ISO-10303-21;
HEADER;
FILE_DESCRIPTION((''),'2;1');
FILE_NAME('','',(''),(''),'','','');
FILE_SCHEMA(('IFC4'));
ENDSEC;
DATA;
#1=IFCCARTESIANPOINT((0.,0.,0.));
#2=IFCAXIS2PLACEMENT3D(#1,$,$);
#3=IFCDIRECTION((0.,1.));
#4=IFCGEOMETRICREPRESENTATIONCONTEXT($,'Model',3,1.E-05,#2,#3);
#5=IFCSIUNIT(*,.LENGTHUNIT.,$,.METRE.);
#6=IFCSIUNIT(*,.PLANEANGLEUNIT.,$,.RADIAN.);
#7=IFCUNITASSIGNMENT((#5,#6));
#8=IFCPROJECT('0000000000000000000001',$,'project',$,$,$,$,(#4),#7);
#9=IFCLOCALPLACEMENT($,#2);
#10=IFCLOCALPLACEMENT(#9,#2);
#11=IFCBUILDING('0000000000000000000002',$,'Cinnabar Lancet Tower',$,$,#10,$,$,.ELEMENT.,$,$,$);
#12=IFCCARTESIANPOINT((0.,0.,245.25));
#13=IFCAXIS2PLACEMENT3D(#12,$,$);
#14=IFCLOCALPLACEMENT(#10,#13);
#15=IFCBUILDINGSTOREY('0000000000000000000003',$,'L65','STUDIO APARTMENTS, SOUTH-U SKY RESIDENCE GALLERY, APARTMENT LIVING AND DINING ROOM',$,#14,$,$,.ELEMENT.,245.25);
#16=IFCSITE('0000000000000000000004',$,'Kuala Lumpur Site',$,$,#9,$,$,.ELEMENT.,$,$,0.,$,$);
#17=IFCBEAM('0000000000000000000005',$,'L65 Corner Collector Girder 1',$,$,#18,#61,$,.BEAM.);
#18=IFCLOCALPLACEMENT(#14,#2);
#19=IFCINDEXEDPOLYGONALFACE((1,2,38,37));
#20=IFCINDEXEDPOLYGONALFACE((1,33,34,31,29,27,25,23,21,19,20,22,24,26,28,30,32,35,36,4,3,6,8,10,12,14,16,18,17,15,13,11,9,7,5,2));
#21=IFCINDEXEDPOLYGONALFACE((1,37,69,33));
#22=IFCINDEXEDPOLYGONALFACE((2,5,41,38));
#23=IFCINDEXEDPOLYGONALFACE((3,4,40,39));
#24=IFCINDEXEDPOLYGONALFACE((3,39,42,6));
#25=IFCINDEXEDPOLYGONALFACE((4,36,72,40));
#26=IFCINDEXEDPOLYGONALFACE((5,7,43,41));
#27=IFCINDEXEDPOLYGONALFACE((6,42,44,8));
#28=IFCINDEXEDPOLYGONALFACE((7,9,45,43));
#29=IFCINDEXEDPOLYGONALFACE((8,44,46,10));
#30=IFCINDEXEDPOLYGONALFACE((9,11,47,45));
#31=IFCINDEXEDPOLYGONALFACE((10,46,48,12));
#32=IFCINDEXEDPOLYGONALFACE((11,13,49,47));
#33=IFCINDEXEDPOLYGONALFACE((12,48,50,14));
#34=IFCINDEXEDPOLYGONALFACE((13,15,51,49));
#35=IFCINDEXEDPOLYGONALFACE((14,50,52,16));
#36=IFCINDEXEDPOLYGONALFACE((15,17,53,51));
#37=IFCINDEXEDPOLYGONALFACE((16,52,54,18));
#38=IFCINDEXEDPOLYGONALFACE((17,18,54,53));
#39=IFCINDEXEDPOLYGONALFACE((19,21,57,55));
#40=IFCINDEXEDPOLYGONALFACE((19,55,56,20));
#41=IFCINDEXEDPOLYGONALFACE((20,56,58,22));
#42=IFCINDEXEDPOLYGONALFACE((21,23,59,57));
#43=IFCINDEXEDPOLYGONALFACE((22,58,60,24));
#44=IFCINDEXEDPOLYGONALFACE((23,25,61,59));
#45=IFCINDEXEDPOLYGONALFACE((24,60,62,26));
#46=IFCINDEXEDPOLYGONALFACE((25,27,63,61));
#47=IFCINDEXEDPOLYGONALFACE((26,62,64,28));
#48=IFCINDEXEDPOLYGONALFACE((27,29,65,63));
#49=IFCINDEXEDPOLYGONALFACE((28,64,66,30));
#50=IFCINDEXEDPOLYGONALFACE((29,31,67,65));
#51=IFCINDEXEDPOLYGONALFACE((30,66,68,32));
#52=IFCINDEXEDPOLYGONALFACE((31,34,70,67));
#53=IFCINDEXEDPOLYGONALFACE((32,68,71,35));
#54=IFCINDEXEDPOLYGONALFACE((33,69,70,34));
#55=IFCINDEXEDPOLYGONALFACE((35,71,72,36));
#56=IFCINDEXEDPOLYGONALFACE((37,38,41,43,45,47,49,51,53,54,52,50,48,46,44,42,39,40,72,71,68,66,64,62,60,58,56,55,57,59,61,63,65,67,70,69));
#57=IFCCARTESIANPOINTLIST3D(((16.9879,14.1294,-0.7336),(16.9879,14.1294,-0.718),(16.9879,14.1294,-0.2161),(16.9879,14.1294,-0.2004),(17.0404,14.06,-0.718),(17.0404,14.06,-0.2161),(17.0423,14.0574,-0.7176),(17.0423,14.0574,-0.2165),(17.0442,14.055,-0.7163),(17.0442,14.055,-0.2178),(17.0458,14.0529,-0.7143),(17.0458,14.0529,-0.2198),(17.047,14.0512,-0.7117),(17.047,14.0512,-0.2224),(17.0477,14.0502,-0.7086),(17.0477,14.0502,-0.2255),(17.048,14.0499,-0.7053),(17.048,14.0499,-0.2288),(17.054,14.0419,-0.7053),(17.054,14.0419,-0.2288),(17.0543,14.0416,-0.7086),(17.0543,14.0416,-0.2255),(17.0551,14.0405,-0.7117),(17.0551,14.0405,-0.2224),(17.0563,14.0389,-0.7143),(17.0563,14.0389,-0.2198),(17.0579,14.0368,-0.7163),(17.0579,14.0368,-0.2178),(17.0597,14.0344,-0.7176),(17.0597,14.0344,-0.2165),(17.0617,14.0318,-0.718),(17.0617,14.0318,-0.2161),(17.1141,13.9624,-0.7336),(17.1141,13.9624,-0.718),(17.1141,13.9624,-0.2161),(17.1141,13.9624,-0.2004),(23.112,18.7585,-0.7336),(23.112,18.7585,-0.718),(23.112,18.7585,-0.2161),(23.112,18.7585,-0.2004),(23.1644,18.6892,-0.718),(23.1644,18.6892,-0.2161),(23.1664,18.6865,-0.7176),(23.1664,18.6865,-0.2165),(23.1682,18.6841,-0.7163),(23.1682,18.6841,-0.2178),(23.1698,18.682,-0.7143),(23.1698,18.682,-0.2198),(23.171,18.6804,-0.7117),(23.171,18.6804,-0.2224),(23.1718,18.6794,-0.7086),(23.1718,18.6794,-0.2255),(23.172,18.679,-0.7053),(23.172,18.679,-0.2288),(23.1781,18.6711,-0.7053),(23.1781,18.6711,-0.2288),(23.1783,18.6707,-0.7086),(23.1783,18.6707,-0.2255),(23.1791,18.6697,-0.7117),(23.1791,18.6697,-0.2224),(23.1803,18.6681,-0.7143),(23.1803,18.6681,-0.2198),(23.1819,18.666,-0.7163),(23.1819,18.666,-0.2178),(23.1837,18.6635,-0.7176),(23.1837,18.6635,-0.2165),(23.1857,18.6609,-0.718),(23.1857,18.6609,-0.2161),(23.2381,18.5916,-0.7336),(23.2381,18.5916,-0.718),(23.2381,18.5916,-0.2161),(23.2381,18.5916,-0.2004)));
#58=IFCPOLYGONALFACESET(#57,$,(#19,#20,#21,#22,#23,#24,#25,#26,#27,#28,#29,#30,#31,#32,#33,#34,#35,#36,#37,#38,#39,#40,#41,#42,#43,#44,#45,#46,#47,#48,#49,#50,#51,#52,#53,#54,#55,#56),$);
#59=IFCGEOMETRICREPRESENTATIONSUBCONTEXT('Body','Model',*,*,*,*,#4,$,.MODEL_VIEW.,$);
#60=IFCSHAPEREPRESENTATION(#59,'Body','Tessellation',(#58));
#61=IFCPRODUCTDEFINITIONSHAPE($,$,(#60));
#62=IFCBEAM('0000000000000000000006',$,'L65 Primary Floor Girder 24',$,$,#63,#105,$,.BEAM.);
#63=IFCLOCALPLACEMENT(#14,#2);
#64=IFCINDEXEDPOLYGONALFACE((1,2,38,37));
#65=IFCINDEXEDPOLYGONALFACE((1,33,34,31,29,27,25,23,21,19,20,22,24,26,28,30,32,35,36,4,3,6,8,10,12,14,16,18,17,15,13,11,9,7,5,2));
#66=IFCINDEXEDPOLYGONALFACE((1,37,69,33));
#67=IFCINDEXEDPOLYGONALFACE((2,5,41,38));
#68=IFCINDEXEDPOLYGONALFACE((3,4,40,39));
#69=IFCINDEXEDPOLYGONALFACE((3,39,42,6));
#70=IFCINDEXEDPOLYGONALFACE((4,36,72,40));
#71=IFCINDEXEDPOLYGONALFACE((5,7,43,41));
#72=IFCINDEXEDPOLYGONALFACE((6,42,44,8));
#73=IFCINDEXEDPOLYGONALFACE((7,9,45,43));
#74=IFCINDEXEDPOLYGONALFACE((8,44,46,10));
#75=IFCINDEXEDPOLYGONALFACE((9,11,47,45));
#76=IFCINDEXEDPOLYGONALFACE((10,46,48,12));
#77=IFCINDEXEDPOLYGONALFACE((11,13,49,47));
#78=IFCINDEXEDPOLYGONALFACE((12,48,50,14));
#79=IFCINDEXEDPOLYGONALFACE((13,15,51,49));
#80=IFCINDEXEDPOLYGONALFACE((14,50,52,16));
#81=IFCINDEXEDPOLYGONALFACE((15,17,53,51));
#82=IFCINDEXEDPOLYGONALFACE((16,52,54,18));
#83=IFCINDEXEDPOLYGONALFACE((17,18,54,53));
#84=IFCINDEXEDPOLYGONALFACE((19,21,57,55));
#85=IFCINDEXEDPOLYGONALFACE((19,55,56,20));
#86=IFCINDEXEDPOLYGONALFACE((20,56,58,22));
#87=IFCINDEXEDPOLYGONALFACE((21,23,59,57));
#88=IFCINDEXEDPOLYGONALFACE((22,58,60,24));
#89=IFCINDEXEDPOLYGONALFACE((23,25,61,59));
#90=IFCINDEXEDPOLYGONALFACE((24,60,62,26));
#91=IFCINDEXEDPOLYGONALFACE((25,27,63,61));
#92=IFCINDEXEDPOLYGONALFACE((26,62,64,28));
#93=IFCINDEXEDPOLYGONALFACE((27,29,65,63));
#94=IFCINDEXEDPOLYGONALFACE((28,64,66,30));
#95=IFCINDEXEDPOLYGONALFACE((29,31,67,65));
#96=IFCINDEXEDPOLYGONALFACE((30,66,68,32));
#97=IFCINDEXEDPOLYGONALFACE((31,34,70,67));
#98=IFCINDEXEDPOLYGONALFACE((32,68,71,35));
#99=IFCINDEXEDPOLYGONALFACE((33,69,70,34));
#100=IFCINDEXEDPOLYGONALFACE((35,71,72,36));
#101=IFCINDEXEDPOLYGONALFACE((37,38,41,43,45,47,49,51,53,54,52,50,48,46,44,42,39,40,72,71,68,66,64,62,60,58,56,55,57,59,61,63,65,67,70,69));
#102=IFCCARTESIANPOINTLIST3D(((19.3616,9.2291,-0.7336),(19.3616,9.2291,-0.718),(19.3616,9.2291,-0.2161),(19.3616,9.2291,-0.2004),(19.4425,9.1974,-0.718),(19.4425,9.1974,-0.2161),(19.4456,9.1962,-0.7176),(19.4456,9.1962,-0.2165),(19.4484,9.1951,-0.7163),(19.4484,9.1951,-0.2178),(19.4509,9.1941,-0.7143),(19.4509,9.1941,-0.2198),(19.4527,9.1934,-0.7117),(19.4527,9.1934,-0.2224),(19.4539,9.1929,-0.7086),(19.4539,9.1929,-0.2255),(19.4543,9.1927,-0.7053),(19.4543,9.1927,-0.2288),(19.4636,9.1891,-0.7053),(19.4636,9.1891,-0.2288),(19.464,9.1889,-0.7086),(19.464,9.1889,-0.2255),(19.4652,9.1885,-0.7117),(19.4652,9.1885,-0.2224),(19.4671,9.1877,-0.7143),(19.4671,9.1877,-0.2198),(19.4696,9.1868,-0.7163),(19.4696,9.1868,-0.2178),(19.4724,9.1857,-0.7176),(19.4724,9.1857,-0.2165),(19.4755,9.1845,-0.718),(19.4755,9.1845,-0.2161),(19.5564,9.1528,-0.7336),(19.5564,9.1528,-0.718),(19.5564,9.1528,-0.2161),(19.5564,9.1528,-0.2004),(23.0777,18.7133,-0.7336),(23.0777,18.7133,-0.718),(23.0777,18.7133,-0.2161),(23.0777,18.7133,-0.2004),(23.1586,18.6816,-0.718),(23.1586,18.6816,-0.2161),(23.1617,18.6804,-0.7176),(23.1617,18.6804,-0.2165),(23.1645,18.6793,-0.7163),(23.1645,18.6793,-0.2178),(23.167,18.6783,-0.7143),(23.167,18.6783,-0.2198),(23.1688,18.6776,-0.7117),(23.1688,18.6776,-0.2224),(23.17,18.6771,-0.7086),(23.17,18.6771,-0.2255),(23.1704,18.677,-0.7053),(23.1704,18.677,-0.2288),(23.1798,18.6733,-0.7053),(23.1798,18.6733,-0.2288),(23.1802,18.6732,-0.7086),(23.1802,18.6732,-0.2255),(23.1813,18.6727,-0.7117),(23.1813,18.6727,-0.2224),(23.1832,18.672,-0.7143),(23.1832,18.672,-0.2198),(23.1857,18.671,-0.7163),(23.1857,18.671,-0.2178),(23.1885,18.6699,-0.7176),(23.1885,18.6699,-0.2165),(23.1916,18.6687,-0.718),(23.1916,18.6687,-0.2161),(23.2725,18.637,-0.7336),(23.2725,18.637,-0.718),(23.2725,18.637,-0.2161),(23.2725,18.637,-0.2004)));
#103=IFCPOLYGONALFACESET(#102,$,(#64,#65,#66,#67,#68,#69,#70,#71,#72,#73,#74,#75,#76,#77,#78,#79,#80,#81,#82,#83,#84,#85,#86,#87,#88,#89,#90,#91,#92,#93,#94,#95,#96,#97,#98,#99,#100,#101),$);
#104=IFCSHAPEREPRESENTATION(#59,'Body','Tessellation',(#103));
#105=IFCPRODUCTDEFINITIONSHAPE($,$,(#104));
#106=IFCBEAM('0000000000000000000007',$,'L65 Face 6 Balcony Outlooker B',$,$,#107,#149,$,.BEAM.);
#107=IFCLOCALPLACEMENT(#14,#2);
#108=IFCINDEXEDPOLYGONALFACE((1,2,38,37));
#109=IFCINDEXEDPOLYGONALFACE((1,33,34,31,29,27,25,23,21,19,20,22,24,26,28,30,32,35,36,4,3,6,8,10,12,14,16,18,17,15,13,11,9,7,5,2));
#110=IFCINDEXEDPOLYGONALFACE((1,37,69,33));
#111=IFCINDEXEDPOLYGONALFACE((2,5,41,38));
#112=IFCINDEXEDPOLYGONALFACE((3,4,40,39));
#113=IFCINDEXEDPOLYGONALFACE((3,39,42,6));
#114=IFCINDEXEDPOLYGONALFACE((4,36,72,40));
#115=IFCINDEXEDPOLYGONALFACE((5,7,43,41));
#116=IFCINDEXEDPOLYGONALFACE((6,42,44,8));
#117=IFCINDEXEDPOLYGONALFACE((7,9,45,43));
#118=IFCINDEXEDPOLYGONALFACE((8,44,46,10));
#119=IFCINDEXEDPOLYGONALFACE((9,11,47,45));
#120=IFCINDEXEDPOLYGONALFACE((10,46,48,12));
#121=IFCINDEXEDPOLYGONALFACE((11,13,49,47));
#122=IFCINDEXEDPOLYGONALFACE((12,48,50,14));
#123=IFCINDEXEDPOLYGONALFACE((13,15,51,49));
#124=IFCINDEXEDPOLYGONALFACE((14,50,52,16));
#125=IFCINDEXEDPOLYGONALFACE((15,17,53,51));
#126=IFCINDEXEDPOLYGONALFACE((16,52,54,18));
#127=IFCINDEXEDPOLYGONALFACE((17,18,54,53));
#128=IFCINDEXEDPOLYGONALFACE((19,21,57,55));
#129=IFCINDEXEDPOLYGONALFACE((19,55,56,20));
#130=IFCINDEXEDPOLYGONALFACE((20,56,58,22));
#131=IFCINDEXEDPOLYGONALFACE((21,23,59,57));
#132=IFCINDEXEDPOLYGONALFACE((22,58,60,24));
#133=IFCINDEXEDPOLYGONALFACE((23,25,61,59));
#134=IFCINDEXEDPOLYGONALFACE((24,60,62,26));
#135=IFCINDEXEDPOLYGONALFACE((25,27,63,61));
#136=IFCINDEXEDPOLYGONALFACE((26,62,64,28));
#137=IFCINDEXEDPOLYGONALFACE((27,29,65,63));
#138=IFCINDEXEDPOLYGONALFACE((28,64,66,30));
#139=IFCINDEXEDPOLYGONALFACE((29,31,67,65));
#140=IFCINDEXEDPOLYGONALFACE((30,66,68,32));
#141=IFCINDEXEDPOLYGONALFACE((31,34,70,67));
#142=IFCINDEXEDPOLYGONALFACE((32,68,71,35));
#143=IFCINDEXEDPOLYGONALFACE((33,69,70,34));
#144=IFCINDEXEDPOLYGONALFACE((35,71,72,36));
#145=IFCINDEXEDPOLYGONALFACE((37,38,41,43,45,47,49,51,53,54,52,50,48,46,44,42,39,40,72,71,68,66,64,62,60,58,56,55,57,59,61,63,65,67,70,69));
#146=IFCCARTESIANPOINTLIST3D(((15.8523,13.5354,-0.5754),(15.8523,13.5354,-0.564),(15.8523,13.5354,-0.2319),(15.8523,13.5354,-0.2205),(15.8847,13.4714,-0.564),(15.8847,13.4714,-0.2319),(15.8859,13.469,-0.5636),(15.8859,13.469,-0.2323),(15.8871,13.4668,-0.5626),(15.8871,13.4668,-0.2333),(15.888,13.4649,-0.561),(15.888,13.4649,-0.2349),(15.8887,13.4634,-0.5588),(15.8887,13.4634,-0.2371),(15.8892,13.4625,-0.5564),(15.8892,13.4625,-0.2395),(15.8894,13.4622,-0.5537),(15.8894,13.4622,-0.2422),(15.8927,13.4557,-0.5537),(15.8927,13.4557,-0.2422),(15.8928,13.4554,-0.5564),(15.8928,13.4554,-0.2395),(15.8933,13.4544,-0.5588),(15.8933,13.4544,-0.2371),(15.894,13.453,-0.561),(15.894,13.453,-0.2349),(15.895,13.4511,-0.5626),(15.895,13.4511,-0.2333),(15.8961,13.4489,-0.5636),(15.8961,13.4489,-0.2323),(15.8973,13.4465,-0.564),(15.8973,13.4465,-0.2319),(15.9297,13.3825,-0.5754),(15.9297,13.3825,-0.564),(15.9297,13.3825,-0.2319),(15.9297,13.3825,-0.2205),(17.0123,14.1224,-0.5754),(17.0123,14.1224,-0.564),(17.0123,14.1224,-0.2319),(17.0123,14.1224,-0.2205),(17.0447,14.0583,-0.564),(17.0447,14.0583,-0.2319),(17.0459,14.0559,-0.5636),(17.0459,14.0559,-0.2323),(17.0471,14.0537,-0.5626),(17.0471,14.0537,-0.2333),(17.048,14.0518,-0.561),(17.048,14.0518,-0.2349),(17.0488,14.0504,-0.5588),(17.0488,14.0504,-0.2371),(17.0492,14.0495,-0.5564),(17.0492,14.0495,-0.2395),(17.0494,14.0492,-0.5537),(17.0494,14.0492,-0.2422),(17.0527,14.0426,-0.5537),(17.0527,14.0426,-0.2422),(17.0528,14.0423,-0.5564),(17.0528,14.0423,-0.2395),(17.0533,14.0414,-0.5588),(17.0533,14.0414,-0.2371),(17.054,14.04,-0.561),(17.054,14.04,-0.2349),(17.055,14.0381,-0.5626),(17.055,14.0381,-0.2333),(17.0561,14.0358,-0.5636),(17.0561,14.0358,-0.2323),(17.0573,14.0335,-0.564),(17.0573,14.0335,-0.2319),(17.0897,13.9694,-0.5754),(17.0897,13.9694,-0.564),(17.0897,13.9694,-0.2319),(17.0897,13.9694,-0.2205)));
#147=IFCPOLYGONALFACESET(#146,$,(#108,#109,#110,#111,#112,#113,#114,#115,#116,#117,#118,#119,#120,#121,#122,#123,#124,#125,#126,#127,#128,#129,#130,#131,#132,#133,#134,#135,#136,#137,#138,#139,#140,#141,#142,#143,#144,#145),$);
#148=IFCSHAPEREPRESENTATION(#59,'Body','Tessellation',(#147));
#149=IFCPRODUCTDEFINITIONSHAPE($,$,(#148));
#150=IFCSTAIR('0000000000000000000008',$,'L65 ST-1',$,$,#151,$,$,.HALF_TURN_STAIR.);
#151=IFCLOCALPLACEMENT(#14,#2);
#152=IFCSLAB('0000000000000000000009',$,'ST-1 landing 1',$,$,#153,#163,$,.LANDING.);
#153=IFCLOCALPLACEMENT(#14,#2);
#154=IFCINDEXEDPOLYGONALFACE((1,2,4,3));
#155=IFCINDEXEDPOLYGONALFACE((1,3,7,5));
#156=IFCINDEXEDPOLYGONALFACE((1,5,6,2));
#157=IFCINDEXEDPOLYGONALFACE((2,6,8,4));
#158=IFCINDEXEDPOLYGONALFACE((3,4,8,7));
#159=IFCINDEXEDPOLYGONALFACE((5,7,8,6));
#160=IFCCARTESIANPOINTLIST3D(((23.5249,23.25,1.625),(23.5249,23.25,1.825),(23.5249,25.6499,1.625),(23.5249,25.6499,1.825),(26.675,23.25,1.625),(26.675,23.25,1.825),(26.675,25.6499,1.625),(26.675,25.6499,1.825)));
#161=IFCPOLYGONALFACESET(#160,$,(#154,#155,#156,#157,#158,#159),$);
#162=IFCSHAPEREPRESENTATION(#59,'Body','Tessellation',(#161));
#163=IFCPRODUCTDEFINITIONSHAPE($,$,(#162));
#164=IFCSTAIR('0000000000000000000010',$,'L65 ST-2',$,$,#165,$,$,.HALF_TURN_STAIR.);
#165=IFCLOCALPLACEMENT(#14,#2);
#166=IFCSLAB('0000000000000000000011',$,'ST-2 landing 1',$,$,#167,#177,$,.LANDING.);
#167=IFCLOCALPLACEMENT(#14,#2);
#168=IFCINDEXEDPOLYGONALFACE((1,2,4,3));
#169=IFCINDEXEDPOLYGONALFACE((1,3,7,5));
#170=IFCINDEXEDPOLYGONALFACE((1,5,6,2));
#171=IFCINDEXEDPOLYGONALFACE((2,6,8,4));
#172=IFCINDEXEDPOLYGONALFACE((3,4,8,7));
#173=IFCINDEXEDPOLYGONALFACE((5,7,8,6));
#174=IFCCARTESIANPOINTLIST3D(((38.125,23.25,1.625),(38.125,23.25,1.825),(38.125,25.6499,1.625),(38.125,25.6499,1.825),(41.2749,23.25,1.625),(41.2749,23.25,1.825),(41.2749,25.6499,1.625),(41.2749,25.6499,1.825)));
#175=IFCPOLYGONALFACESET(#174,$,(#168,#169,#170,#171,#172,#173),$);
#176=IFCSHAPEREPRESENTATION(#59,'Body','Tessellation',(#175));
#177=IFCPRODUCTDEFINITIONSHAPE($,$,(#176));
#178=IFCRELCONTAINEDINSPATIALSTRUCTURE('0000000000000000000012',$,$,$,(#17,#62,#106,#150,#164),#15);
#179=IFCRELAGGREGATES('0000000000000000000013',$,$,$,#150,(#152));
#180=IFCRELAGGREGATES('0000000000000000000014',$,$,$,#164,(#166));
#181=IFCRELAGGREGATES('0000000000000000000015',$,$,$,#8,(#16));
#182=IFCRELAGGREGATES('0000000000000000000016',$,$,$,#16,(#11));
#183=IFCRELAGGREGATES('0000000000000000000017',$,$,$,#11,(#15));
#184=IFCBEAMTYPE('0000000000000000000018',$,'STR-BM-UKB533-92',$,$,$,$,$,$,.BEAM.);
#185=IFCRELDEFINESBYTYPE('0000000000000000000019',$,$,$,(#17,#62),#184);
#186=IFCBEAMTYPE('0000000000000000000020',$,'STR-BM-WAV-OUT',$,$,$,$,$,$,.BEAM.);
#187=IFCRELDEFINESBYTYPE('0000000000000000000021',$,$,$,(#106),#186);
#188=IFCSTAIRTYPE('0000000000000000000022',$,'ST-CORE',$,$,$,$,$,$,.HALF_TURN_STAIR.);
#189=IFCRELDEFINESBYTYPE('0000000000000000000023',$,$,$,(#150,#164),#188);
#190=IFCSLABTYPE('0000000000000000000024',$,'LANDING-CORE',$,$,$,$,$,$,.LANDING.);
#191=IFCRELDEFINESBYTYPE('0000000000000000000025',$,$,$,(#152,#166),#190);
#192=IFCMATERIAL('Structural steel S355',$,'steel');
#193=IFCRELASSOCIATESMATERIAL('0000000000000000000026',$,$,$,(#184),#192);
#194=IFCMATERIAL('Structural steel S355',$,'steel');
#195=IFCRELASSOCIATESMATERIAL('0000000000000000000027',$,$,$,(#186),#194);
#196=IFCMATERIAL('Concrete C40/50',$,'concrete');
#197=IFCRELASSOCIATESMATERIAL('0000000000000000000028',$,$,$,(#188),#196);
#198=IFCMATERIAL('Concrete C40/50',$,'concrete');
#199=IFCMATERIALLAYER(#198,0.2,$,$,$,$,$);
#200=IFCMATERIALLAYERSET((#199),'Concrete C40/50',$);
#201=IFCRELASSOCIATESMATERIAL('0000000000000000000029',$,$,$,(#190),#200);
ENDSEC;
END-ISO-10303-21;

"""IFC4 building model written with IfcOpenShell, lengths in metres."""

from ifc_helpers import new_model, si_unit, direction, frame, origin, origin_2d, place, context, subcontext, project, spatial, polyline, i_section, outline, extrude, material, layer, layer_set, material_profile, profile_set, type_object, element, aggregate, save


model = new_model("IFC4")

# Units and contexts
model_context = context("Model", 3, precision=1e-05, world=origin(), true_north=direction((0.0, 1.0)))
body_context = subcontext(model_context, "Body", "Model", "MODEL_VIEW")
ifc_project = project(units=[si_unit("LENGTHUNIT", "METRE"), si_unit("PLANEANGLEUNIT", "RADIAN")], contexts=[model_context])

# Site, building, storey
site_placement = place(None, origin())
site = spatial("IfcSite", under=ifc_project, at=site_placement, Name="Kuala Lumpur Site", CompositionType="ELEMENT", RefElevation=0.0)
building_placement = place(site_placement, origin())
building = spatial("IfcBuilding", under=site, at=building_placement, Name="Cinnabar Lancet Tower", CompositionType="ELEMENT")
storey_placement = place(building_placement, frame((0.0, 0.0, 245.25)))
storey = spatial("IfcBuildingStorey", under=building, at=storey_placement, Name="L65", Description="STUDIO APARTMENTS, SOUTH-U SKY RESIDENCE GALLERY, APARTMENT LIVING AND DINING ROOM", CompositionType="ELEMENT", Elevation=245.25)

# Beams
ifc_material_1 = material(Name="Structural steel S355", Category="steel")
ifc_material_profile_1 = material_profile(ifc_material_1, i_section(OverallWidth=0.2092, OverallDepth=0.5332, WebThickness=0.01, FlangeThickness=0.0156, FilletRadius=0.0127, at=origin_2d()), Name="UKB 533x210x92")
ifc_profile_set_1 = profile_set([ifc_material_profile_1], Name="Structural steel S355")
beam_type_1 = type_object("IfcBeamType", Name="STR-BM-UKB533-92", PredefinedType="BEAM", material=ifc_profile_set_1)
beam_1_placement = place(storey_placement, frame((17.051, 14.0459, -0.467), z_axis=(0.797735, 0.603008, 0.0), x_axis=(-0.603008, 0.797735, 0.0)))
element("IfcBeam", 1, at=beam_1_placement, inside=storey, type_object=beam_type_1, Name="L65 Corner Collector Girder 1", PredefinedType="BEAM", context=body_context, shape_type="SweptSolid", body=[
    extrude(i_section(OverallWidth=0.2092, OverallDepth=0.5332, WebThickness=0.01, FlangeThickness=0.0156, FilletRadius=0.0127, at=origin_2d()), origin(), (0.0, 0.0, 1.0), 7.6768),
])
beam_2_placement = place(storey_placement, frame((19.459, 9.1909, -0.467), z_axis=(0.364815, 0.93108, 0.0), x_axis=(-0.93108, 0.364815, 0.0)))
element("IfcBeam", 2, at=beam_2_placement, inside=storey, type_object=beam_type_1, Name="L65 Primary Floor Girder 24", PredefinedType="BEAM", context=body_context, shape_type="SweptSolid", body=[
    extrude(i_section(OverallWidth=0.2092, OverallDepth=0.5332, WebThickness=0.01, FlangeThickness=0.0156, FilletRadius=0.0127, at=origin_2d()), origin(), (0.0, 0.0, 1.0), 10.1863),
])
ifc_material_2 = material(Name="Structural steel S355", Category="steel")
ifc_material_profile_2 = material_profile(ifc_material_2, i_section(OverallWidth=0.1714, OverallDepth=0.355, WebThickness=0.0073, FlangeThickness=0.0115, FilletRadius=0.0103, at=origin_2d()), Name="UKB 356x171x51")
ifc_profile_set_2 = profile_set([ifc_material_profile_2], Name="Structural steel S355")
beam_type_2 = type_object("IfcBeamType", Name="STR-BM-WAV-OUT", PredefinedType="BEAM", material=ifc_profile_set_2)
beam_3_placement = place(storey_placement, frame((17.051, 14.0459, -0.3979), z_axis=(-0.892276, -0.45149, 0.0), x_axis=(0.45149, -0.892276, 0.0)))
element("IfcBeam", 3, at=beam_3_placement, inside=storey, type_object=beam_type_2, Name="L65 Face 6 Balcony Outlooker B", PredefinedType="BEAM", context=body_context, shape_type="SweptSolid", body=[
    extrude(i_section(OverallWidth=0.1714, OverallDepth=0.355, WebThickness=0.0073, FlangeThickness=0.0115, FilletRadius=0.0103, at=origin_2d()), origin(), (0.0, 0.0, 1.0), 1.3),
])

# Stairs, slabs
ifc_material_3 = material(Name="Concrete C40/50", Category="concrete")
stair_type = type_object("IfcStairType", Name="ST-CORE", PredefinedType="HALF_TURN_STAIR", material=ifc_material_3)
stair_1_placement = place(storey_placement, origin())
stair_1 = element("IfcStair", 4, at=stair_1_placement, inside=storey, type_object=stair_type, Name="L65 ST-1", PredefinedType="HALF_TURN_STAIR")
ifc_material_4 = material(Name="Concrete C40/50", Category="concrete")
ifc_layer_1 = layer(ifc_material_4, 0.2)
ifc_layer_set_1 = layer_set([ifc_layer_1], Name="Concrete C40/50")
slab_type_1 = type_object("IfcSlabType", Name="LANDING-CORE", PredefinedType="LANDING", material=ifc_layer_set_1)
slab_1_placement = place(storey_placement, frame((0.0, 0.0, 1.625)))
slab_1 = element("IfcSlab", 5, at=slab_1_placement, type_object=slab_type_1, Name="ST-1 landing 1", PredefinedType="LANDING", context=body_context, shape_type="SweptSolid", body=[
    extrude(outline(polyline([(23.5249, 25.6499), (23.5249, 23.25), (26.675, 23.25), (26.675, 25.6499), (23.5249, 25.6499)])), origin(), (0.0, 0.0, 1.0), 0.2),
])
aggregate(stair_1, [slab_1])
stair_2_placement = place(storey_placement, origin())
stair_2 = element("IfcStair", 6, at=stair_2_placement, inside=storey, type_object=stair_type, Name="L65 ST-2", PredefinedType="HALF_TURN_STAIR")
slab_2_placement = place(storey_placement, frame((0.0, 0.0, 1.625)))
slab_2 = element("IfcSlab", 7, at=slab_2_placement, type_object=slab_type_1, Name="ST-2 landing 1", PredefinedType="LANDING", context=body_context, shape_type="SweptSolid", body=[
    extrude(outline(polyline([(38.125, 25.6499), (38.125, 23.25), (41.2749, 23.25), (41.2749, 25.6499), (38.125, 25.6499)])), origin(), (0.0, 0.0, 1.0), 0.2),
])
aggregate(stair_2, [slab_2])

save(model, "model.ifc")
